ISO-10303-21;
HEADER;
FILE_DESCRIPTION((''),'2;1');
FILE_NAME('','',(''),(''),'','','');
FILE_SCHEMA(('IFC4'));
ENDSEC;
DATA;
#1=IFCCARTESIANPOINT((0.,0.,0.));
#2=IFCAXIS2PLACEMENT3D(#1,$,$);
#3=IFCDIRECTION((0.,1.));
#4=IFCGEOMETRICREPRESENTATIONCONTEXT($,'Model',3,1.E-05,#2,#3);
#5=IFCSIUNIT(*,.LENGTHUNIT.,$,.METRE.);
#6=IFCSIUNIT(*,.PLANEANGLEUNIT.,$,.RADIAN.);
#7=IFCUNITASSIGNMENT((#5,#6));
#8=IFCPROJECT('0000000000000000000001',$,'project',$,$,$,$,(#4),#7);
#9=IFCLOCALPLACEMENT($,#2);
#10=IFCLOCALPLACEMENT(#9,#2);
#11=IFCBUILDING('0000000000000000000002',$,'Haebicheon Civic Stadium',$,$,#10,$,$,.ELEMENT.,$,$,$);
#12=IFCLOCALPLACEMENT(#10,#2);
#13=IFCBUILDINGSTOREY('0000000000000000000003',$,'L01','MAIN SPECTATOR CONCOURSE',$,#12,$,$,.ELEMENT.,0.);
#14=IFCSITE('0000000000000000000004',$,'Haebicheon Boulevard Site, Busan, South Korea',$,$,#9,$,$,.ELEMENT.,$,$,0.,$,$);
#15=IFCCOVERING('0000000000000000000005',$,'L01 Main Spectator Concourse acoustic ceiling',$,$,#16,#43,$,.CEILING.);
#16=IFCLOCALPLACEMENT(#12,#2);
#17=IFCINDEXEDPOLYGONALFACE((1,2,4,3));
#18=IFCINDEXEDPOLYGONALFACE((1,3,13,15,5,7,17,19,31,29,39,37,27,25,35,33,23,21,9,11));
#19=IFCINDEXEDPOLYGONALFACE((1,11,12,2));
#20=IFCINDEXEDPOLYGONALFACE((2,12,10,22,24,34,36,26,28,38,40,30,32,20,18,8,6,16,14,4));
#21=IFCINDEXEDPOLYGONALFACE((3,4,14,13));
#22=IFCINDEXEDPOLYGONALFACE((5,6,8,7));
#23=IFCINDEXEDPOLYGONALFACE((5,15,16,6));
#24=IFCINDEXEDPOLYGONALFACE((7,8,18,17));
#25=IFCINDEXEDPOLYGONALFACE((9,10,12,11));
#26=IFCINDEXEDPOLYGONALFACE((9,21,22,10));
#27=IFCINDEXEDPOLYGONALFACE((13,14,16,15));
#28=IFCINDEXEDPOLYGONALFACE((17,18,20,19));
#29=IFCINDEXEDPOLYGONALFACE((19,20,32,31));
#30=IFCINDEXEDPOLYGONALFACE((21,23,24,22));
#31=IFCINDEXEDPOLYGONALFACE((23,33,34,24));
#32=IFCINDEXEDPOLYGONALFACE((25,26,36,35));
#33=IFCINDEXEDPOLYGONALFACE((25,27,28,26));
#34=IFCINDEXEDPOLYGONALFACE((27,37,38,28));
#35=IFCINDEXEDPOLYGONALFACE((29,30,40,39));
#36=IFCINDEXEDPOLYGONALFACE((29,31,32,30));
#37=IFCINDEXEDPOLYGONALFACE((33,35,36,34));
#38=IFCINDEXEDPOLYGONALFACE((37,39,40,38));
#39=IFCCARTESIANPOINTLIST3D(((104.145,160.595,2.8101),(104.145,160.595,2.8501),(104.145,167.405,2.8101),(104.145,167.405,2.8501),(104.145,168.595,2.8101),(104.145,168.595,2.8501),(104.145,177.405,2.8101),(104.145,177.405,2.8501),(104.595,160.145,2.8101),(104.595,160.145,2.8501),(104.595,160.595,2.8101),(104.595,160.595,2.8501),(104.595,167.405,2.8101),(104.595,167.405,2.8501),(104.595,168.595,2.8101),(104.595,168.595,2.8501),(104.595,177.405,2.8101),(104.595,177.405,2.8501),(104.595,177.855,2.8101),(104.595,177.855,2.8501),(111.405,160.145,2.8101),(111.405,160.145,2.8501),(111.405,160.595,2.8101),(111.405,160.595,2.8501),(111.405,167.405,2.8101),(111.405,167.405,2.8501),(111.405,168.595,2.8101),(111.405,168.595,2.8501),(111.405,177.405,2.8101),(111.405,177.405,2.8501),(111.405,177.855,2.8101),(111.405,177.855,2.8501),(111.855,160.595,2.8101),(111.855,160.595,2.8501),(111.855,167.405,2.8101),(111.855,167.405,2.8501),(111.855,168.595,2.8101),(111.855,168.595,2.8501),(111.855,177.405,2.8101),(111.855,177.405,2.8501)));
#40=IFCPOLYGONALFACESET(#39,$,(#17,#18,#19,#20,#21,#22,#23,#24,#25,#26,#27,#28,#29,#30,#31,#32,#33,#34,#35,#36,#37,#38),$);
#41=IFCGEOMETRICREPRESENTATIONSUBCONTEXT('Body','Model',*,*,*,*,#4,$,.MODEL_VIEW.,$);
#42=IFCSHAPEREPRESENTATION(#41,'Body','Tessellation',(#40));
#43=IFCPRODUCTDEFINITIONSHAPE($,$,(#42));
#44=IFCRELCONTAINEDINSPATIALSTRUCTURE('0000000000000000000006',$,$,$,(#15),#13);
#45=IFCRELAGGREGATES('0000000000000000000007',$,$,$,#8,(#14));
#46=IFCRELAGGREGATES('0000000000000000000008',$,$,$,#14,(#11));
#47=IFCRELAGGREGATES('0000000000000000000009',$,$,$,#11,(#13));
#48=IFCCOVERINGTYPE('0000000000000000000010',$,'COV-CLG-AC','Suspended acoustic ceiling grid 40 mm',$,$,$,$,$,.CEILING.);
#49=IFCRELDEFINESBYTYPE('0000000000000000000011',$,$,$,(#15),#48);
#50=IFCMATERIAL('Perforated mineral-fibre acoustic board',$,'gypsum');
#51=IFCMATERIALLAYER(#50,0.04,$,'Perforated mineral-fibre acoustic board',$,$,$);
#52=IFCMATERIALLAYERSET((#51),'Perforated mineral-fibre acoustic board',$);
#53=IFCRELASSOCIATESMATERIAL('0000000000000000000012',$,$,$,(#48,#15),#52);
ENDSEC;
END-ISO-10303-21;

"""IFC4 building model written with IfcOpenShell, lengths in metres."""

from ifc_helpers import new_model, si_unit, direction, frame, origin, place, context, subcontext, project, spatial, polyline, outline, extrude, material, layer, layer_set, type_object, element, save


model = new_model("IFC4")

# Units and contexts
model_context = context("Model", 3, precision=1e-05, world=origin(), true_north=direction((0.0, 1.0)))
body_context = subcontext(model_context, "Body", "Model", "MODEL_VIEW")
ifc_project = project(units=[si_unit("LENGTHUNIT", "METRE"), si_unit("PLANEANGLEUNIT", "RADIAN")], contexts=[model_context])

# Site, building, storey
site_placement = place(None, origin())
site = spatial("IfcSite", under=ifc_project, at=site_placement, Name="Haebicheon Boulevard Site, Busan, South Korea", CompositionType="ELEMENT", RefElevation=0.0)
building_placement = place(site_placement, origin())
building = spatial("IfcBuilding", under=site, at=building_placement, Name="Haebicheon Civic Stadium", CompositionType="ELEMENT")
storey_placement = place(building_placement, origin())
storey = spatial("IfcBuildingStorey", under=building, at=storey_placement, Name="L01", Description="MAIN SPECTATOR CONCOURSE", CompositionType="ELEMENT", Elevation=0.0)

# Covering
ifc_material_1 = material(Name="Perforated mineral-fibre acoustic board", Category="gypsum")
ifc_layer_1 = layer(ifc_material_1, 0.04, Name="Perforated mineral-fibre acoustic board")
ifc_layer_set_1 = layer_set([ifc_layer_1], Name="Perforated mineral-fibre acoustic board")
covering_type = type_object("IfcCoveringType", Name="COV-CLG-AC", Description="Suspended acoustic ceiling grid 40 mm", PredefinedType="CEILING", material=ifc_layer_set_1)
covering_1_placement = place(storey_placement, frame((0.0, 0.0, 2.8101)))
element("IfcCovering", 1, at=covering_1_placement, inside=storey, type_object=covering_type, material=ifc_layer_set_1, Name="L01 Main Spectator Concourse acoustic ceiling", PredefinedType="CEILING", context=body_context, shape_type="SweptSolid", body=[
    extrude(outline(polyline([(104.595, 160.145), (104.595, 160.595), (104.145, 160.595), (104.145, 167.405), (104.595, 167.405), (104.595, 168.595), (104.145, 168.595), (104.145, 177.405), (104.595, 177.405), (104.595, 177.855), (111.405, 177.855), (111.405, 177.405), (111.855, 177.405), (111.855, 168.595), (111.405, 168.595), (111.405, 167.405), (111.855, 167.405), (111.855, 160.595), (111.405, 160.595), (111.405, 160.145), (104.595, 160.145)])), origin(), (0.0, 0.0, 1.0), 0.04),
])

save(model, "model.ifc")
